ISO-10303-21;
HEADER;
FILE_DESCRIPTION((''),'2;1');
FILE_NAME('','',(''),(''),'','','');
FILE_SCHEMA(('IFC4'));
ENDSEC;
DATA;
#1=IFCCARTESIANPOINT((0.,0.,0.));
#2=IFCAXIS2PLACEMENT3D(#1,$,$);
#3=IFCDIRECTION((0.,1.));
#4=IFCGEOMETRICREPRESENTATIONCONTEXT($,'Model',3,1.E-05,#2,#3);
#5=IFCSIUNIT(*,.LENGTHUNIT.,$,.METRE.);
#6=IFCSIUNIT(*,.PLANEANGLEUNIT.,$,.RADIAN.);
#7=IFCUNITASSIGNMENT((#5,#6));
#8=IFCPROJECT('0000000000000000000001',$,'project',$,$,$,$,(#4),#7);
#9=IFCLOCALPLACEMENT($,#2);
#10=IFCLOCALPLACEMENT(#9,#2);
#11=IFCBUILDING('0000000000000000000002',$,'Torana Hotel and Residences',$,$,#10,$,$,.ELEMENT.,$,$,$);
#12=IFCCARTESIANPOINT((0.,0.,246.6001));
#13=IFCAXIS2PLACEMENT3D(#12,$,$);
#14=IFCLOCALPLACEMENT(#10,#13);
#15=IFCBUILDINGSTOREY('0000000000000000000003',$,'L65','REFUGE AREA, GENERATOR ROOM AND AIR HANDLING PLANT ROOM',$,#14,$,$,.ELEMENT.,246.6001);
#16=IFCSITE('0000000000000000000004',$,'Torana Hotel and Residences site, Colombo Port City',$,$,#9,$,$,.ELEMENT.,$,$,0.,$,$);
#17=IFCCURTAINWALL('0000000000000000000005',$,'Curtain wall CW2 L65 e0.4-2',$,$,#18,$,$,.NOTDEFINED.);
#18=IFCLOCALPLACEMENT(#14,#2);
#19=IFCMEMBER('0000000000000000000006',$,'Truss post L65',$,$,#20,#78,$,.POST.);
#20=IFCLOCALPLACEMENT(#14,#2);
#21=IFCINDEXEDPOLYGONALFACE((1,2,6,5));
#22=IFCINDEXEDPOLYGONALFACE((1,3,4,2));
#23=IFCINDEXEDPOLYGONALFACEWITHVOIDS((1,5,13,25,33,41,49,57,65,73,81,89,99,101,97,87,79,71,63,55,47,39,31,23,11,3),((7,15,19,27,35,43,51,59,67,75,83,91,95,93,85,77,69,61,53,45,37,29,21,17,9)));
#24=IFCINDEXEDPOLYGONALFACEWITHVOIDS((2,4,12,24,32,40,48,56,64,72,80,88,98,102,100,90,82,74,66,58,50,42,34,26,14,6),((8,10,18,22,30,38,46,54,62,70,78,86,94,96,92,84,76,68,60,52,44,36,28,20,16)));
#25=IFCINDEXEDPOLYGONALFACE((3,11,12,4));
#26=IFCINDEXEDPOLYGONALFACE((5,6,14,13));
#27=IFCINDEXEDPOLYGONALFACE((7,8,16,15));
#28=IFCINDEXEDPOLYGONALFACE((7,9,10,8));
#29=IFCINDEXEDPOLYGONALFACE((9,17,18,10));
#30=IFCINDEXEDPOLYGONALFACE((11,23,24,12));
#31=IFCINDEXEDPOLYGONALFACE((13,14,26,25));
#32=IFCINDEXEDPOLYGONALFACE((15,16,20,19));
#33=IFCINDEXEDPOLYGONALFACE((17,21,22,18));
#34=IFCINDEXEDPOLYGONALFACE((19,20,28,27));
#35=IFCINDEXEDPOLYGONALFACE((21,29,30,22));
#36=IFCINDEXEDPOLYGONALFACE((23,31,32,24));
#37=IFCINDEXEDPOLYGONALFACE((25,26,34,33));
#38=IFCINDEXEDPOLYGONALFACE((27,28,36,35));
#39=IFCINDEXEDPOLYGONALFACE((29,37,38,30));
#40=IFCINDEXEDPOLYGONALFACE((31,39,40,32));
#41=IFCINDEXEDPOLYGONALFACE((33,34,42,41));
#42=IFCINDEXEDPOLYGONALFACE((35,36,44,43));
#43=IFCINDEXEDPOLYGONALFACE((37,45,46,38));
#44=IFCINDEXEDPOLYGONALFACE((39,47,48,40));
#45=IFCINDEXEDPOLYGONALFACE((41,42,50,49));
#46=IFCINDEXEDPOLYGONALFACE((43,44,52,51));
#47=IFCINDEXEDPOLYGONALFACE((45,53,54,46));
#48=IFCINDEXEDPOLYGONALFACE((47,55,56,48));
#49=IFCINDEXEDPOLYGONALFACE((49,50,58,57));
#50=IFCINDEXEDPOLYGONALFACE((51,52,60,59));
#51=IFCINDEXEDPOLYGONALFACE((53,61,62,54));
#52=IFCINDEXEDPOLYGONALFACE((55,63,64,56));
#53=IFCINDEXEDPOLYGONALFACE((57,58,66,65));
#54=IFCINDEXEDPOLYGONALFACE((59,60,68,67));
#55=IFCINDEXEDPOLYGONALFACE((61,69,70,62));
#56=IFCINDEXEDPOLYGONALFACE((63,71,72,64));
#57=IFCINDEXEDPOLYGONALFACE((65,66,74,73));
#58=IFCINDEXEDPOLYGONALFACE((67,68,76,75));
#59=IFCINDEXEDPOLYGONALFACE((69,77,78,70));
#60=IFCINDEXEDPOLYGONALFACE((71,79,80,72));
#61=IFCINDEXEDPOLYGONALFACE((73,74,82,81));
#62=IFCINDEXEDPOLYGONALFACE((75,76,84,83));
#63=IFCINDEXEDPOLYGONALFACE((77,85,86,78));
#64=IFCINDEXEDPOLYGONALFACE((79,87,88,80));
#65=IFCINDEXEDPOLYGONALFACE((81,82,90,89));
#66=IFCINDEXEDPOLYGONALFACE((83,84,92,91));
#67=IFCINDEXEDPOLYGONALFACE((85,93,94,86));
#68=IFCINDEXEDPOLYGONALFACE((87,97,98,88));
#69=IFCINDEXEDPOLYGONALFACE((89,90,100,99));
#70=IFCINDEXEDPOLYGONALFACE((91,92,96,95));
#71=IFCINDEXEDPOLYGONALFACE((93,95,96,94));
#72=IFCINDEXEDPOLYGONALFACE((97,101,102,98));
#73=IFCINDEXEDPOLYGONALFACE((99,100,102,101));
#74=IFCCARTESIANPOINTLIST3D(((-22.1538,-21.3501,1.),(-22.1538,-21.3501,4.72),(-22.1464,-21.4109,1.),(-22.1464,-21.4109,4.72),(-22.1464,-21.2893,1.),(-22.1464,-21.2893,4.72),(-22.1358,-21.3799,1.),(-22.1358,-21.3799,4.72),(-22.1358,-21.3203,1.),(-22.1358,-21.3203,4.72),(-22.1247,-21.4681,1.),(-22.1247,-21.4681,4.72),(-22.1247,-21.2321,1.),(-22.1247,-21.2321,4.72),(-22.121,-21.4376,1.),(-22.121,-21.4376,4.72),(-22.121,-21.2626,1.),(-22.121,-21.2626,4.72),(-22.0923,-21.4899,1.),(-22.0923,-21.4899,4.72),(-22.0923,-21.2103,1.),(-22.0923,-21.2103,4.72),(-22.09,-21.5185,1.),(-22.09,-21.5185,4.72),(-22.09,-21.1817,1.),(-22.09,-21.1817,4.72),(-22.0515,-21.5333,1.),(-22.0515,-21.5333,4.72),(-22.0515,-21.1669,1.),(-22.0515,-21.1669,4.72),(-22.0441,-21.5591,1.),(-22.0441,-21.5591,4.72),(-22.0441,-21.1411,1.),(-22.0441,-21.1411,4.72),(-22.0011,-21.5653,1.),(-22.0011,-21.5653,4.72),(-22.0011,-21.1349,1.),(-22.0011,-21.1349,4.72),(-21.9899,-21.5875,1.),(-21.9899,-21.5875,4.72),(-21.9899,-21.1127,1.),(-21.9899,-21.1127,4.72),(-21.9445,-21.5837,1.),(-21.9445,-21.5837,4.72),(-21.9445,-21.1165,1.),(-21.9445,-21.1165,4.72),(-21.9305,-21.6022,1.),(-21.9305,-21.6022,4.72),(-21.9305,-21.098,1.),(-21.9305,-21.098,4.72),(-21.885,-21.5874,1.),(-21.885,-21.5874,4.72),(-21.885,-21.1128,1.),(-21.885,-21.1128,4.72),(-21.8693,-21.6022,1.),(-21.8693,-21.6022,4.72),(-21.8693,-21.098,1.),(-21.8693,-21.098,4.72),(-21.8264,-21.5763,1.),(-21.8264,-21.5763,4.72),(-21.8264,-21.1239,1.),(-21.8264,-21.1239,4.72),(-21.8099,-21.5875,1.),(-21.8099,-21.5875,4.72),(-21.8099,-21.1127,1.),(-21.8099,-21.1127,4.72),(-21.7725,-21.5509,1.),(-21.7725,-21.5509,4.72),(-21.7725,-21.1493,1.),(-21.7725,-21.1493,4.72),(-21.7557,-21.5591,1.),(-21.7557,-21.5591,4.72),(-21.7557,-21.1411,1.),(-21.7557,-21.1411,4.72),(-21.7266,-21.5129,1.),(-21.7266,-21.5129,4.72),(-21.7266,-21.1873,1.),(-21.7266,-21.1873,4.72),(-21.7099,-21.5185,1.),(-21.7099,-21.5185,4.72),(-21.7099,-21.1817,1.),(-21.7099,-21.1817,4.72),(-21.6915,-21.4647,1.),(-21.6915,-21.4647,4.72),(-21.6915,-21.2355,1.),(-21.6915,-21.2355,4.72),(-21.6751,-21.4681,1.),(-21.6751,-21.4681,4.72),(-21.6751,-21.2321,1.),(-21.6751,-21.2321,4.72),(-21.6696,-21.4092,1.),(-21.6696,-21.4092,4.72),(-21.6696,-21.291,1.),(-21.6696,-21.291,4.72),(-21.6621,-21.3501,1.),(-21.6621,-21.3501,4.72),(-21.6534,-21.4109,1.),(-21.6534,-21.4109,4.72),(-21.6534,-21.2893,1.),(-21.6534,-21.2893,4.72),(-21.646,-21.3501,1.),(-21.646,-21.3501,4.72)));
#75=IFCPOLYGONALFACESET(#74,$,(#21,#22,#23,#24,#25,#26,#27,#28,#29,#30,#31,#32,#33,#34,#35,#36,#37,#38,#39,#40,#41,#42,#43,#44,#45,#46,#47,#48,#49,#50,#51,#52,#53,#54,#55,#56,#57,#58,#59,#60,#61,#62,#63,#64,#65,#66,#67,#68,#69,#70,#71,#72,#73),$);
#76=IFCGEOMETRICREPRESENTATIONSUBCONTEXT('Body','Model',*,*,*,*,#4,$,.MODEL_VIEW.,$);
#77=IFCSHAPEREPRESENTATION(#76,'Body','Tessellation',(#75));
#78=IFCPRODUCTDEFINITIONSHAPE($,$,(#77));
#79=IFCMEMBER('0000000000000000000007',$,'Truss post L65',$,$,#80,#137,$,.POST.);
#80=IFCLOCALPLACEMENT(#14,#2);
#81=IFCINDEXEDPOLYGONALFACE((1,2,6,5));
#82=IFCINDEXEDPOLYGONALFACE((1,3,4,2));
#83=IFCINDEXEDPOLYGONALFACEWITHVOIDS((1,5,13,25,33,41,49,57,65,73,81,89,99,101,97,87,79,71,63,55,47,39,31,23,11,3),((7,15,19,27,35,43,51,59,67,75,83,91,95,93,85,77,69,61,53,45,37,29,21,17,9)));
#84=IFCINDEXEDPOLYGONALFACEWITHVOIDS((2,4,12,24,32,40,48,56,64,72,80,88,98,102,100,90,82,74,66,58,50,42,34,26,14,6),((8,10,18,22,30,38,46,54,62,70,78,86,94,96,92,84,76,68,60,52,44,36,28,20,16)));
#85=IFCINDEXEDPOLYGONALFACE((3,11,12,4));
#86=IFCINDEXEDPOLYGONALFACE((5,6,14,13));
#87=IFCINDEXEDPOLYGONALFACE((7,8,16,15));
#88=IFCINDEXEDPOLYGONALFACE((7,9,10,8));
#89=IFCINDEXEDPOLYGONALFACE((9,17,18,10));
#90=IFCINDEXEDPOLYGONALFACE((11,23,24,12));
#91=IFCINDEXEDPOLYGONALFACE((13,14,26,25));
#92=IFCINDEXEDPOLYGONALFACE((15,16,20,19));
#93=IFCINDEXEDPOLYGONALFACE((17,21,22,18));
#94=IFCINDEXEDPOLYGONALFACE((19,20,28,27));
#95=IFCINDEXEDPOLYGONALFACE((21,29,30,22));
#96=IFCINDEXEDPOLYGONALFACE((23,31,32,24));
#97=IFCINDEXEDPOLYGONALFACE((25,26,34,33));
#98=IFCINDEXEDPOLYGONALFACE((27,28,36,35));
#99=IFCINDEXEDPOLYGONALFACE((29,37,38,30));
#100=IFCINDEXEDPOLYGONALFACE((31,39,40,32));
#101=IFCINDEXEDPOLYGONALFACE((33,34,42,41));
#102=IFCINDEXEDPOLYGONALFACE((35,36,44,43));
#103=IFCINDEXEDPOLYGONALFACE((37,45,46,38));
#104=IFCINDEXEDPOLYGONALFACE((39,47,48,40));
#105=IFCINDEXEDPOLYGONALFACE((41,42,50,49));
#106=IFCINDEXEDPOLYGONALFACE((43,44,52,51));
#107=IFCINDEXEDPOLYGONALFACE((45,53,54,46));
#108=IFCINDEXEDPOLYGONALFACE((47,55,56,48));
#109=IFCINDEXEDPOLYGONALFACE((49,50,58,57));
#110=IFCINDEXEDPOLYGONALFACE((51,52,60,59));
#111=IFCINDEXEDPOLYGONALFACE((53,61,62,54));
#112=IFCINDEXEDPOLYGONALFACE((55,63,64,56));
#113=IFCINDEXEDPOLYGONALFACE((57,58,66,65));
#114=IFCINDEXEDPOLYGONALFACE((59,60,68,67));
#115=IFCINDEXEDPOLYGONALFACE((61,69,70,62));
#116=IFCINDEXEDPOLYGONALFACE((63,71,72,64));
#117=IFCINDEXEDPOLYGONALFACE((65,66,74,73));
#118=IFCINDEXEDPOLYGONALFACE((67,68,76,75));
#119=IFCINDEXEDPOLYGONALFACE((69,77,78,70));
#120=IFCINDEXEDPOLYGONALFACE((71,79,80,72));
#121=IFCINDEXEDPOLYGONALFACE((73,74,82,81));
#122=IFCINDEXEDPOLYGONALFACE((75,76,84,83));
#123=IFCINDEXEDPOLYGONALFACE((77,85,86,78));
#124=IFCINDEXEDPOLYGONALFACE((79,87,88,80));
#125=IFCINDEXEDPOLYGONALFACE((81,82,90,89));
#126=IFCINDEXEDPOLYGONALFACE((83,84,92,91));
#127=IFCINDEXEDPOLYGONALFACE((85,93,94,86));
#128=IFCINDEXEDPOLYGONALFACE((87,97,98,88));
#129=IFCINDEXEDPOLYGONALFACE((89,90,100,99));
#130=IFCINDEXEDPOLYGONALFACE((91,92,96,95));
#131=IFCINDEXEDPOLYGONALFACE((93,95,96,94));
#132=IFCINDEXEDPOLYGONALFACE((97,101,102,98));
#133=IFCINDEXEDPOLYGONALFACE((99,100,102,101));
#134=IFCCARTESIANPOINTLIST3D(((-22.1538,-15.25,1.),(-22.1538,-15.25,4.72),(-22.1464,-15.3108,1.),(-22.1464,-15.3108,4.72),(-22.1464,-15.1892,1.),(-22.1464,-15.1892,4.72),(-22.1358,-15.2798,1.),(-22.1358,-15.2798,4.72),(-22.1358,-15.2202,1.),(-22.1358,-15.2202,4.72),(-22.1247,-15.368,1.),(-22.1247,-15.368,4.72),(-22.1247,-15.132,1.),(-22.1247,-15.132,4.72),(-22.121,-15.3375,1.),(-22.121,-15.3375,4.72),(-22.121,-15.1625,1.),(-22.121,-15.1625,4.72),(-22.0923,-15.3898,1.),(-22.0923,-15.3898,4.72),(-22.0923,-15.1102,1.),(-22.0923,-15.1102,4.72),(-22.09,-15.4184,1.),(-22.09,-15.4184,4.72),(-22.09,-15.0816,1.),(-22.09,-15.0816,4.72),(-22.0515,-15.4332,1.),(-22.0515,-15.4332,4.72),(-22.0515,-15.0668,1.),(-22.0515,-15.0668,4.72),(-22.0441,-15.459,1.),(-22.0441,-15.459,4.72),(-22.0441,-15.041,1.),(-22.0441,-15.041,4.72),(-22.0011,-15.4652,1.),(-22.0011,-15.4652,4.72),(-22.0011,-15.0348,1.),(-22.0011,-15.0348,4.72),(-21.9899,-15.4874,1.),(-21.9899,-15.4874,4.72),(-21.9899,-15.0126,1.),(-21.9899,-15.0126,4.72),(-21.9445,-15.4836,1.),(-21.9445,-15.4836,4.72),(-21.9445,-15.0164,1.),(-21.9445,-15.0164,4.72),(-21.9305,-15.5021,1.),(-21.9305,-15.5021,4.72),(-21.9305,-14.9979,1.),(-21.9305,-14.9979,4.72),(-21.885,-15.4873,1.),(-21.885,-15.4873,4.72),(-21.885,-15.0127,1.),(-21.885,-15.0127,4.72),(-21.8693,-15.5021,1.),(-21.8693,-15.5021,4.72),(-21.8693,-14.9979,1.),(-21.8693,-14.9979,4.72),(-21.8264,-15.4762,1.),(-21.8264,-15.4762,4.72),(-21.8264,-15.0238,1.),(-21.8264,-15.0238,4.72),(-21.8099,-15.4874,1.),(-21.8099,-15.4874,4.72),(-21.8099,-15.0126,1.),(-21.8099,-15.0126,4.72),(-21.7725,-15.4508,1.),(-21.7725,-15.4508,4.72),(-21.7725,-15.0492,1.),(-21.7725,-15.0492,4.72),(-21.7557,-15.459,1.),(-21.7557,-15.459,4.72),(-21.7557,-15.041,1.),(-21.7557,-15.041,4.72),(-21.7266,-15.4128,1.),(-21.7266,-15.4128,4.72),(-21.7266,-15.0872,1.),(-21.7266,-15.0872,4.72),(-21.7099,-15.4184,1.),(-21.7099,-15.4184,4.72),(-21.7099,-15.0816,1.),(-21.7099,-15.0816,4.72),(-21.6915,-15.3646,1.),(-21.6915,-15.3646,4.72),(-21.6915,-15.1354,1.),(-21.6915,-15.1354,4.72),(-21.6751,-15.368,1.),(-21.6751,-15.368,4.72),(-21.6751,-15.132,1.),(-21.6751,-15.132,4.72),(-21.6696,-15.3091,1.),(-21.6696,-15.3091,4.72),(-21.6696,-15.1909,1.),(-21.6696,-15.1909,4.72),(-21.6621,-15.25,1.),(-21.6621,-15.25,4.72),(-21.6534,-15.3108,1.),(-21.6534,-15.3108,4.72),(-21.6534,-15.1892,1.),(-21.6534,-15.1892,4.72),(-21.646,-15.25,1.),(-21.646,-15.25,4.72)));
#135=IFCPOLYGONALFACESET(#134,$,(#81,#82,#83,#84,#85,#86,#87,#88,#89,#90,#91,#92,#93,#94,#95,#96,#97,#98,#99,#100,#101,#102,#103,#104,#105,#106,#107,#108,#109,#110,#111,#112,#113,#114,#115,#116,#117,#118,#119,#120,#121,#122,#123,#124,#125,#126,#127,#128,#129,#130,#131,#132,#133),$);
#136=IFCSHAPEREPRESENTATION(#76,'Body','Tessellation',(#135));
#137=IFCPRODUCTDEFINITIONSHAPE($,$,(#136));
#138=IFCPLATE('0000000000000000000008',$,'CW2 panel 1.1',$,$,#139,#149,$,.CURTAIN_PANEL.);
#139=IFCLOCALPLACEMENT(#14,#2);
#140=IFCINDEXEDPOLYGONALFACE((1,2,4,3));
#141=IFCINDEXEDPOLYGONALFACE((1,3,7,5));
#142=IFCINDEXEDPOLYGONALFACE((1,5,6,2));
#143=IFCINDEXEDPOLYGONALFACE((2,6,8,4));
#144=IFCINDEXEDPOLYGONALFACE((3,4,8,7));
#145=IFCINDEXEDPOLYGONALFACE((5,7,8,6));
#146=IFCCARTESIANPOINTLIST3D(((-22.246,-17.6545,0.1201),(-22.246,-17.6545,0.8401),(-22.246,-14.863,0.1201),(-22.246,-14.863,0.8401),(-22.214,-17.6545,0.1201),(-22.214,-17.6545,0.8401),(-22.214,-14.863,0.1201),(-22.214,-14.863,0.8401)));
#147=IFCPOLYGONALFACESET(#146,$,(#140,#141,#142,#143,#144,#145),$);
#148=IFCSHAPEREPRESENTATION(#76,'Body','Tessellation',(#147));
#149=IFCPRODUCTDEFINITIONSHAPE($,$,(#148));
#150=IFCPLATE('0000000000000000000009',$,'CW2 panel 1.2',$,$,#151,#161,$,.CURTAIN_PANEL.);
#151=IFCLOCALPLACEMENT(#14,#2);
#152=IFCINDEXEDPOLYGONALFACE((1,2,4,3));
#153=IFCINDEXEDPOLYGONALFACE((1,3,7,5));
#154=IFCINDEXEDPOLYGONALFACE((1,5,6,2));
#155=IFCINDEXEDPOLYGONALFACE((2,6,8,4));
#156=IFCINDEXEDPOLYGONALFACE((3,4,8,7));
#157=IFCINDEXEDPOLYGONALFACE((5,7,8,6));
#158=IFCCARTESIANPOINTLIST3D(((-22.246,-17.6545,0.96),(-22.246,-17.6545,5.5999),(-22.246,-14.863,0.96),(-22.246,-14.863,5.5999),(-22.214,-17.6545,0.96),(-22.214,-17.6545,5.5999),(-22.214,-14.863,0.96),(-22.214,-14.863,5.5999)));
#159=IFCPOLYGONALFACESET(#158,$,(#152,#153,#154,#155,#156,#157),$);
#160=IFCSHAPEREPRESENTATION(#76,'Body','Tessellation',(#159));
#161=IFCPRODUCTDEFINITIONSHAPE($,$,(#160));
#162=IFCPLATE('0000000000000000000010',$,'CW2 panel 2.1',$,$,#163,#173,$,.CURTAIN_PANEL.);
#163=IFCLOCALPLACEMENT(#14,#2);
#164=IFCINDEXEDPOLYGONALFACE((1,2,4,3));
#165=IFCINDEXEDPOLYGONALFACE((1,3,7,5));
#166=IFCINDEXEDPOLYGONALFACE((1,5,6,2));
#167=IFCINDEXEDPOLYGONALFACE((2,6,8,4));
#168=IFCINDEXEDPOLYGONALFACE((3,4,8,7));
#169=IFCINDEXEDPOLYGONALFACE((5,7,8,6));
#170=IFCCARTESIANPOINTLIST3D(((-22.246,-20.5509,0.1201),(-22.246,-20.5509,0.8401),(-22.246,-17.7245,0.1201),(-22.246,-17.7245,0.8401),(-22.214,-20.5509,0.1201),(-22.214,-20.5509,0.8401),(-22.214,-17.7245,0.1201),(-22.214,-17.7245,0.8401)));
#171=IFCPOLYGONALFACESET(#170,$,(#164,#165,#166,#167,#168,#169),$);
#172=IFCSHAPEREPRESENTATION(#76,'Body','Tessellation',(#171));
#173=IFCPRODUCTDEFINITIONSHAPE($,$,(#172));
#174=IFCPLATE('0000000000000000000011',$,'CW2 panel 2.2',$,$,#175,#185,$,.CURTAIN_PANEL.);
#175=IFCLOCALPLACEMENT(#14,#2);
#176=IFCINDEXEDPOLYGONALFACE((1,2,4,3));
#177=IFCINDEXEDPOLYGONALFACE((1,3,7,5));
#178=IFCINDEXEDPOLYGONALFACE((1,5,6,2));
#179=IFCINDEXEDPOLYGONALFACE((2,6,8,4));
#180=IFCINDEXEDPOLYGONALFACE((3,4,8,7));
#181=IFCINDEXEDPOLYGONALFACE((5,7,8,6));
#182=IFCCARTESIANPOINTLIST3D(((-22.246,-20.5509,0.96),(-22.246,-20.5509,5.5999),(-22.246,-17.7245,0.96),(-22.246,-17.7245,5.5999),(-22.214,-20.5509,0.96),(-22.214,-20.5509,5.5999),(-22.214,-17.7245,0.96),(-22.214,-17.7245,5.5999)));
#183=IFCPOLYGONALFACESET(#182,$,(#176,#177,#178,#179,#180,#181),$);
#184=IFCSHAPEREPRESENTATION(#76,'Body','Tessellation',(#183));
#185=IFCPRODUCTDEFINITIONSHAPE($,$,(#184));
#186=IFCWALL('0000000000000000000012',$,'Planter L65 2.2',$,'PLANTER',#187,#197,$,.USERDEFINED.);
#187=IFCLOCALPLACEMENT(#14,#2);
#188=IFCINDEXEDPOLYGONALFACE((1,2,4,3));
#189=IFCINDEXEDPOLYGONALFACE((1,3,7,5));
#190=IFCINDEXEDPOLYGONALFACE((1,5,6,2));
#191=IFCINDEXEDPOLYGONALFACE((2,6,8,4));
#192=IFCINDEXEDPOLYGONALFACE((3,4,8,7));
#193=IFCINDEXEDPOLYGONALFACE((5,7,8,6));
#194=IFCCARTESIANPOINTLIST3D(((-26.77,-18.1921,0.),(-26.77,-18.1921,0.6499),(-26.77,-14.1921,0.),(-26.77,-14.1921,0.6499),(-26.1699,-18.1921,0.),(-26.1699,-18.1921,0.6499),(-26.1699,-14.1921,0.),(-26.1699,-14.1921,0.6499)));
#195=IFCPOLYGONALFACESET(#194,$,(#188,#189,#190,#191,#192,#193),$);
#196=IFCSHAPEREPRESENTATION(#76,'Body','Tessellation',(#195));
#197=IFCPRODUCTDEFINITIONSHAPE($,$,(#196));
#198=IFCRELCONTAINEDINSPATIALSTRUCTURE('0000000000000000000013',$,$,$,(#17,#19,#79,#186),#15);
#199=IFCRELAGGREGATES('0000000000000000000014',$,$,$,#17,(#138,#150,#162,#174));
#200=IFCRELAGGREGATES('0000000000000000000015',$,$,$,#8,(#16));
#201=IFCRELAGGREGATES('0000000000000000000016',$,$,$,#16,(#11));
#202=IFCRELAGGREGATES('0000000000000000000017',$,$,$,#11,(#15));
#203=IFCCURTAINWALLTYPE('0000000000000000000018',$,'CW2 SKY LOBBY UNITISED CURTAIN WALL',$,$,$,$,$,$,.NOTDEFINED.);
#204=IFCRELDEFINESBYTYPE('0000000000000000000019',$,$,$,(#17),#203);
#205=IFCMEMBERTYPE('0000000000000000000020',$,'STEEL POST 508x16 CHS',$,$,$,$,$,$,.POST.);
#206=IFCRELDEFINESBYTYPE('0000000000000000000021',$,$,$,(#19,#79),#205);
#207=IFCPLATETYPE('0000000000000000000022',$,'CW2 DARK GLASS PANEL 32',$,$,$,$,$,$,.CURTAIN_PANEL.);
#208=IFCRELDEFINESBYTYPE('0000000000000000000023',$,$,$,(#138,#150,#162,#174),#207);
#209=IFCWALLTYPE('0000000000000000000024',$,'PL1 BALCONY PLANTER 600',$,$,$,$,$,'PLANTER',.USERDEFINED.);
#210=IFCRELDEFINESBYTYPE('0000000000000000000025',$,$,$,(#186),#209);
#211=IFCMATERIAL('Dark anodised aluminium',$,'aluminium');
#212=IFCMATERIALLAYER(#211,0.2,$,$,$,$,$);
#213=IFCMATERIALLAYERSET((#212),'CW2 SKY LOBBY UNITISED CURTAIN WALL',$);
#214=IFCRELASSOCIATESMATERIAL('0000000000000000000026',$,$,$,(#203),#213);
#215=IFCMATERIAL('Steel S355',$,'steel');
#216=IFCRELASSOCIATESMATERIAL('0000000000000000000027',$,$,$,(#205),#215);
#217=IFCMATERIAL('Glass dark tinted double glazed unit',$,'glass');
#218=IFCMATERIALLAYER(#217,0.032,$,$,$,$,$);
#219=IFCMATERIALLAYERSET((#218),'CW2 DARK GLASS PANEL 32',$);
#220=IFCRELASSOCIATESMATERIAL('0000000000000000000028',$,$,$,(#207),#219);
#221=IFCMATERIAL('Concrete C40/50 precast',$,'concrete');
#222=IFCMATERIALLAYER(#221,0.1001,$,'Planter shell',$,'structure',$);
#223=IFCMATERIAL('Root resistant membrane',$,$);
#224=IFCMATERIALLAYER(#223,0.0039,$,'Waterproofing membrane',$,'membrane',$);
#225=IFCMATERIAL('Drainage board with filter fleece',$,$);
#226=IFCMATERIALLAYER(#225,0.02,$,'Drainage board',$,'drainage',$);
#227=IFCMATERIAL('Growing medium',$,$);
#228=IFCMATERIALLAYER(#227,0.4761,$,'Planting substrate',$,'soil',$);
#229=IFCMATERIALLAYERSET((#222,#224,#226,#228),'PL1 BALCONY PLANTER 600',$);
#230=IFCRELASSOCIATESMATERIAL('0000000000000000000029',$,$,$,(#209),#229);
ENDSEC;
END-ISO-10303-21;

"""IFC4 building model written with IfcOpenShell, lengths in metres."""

from ifc_helpers import new_model, si_unit, direction, frame, frame_2d, origin, origin_2d, place, context, subcontext, project, spatial, rectangle, hollow_circle, extrude, material, layer, layer_set, material_profile, profile_set, type_object, element, aggregate, save


model = new_model("IFC4")

# Units and contexts
model_context = context("Model", 3, precision=1e-05, world=origin(), true_north=direction((0.0, 1.0)))
body_context = subcontext(model_context, "Body", "Model", "MODEL_VIEW")
ifc_project = project(units=[si_unit("LENGTHUNIT", "METRE"), si_unit("PLANEANGLEUNIT", "RADIAN")], contexts=[model_context])

# Site, building, storey
site_placement = place(None, origin())
site = spatial("IfcSite", under=ifc_project, at=site_placement, Name="Torana Hotel and Residences site, Colombo Port City", CompositionType="ELEMENT", RefElevation=0.0)
building_placement = place(site_placement, origin())
building = spatial("IfcBuilding", under=site, at=building_placement, Name="Torana Hotel and Residences", CompositionType="ELEMENT")
storey_placement = place(building_placement, frame((0.0, 0.0, 246.6001)))
storey = spatial("IfcBuildingStorey", under=building, at=storey_placement, Name="L65", Description="REFUGE AREA, GENERATOR ROOM AND AIR HANDLING PLANT ROOM", CompositionType="ELEMENT", Elevation=246.6001)

# Curtain wall
ifc_material_1 = material(Name="Dark anodised aluminium", Category="aluminium")
ifc_layer_1 = layer(ifc_material_1, 0.2)
ifc_layer_set_1 = layer_set([ifc_layer_1], Name="CW2 SKY LOBBY UNITISED CURTAIN WALL")
curtain_wall_type = type_object("IfcCurtainWallType", Name="CW2 SKY LOBBY UNITISED CURTAIN WALL", PredefinedType="NOTDEFINED", material=ifc_layer_set_1)
curtain_wall_placement = place(storey_placement, origin())
curtain_wall = element("IfcCurtainWall", 1, at=curtain_wall_placement, inside=storey, type_object=curtain_wall_type, Name="Curtain wall CW2 L65 e0.4-2", PredefinedType="NOTDEFINED")

# Members
ifc_material_2 = material(Name="Steel S355", Category="steel")
ifc_material_profile_1 = material_profile(ifc_material_2, hollow_circle(Radius=0.2539, WallThickness=0.0161, at=origin_2d()), Name="508x16 CHS")
ifc_profile_set_1 = profile_set([ifc_material_profile_1], Name="Steel S355")
member_type_1 = type_object("IfcMemberType", Name="STEEL POST 508x16 CHS", PredefinedType="POST", material=ifc_profile_set_1)
for number, where, z_axis, x_axis, name in (
    (2, (-21.8999, -21.3501, 1.0), (0.0, 0.0, 1.0), (1.0, 0.0, 0.0), "Truss post L65"),
    (3, (-21.8999, -15.25, 1.0), (0.0, 0.0, 1.0), (1.0, 0.0, 0.0), "Truss post L65"),
):
    element("IfcMember", number, at=place(storey_placement, frame(where, z_axis=z_axis, x_axis=x_axis)), inside=storey, type_object=member_type_1, Name=name, PredefinedType="POST", context=body_context, shape_type="SweptSolid", body=[
        extrude(hollow_circle(Radius=0.2539, WallThickness=0.0161, at=origin_2d()), origin(), (0.0, 0.0, 1.0), 3.72),
    ])

# Plates
ifc_material_3 = material(Name="Glass dark tinted double glazed unit", Category="glass")
ifc_layer_2 = layer(ifc_material_3, 0.032)
ifc_layer_set_2 = layer_set([ifc_layer_2], Name="CW2 DARK GLASS PANEL 32")
plate_type = type_object("IfcPlateType", Name="CW2 DARK GLASS PANEL 32", PredefinedType="CURTAIN_PANEL", material=ifc_layer_set_2)
plate_1_placement = place(storey_placement, frame((-22.23, -16.2588, 0.1201), z_axis=(0.0, 0.0, 1.0), x_axis=(0.0, -1.0, 0.0)))
plate_1 = element("IfcPlate", 4, at=plate_1_placement, type_object=plate_type, Name="CW2 panel 1.1", PredefinedType="CURTAIN_PANEL", context=body_context, shape_type="SweptSolid", body=[
    extrude(rectangle(XDim=2.7915, YDim=0.032, at=origin_2d()), origin(), (0.0, 0.0, 1.0), 0.72),
])
plate_2_placement = place(storey_placement, frame((-22.23, -16.2588, 0.96), z_axis=(0.0, 0.0, 1.0), x_axis=(0.0, -1.0, 0.0)))
plate_2 = element("IfcPlate", 5, at=plate_2_placement, type_object=plate_type, Name="CW2 panel 1.2", PredefinedType="CURTAIN_PANEL", context=body_context, shape_type="SweptSolid", body=[
    extrude(rectangle(XDim=2.7915, YDim=0.032, at=origin_2d()), origin(), (0.0, 0.0, 1.0), 4.6399),
])
plate_3_placement = place(storey_placement, frame((-22.23, -19.1377, 0.1201), z_axis=(0.0, 0.0, 1.0), x_axis=(0.0, -1.0, 0.0)))
plate_3 = element("IfcPlate", 6, at=plate_3_placement, type_object=plate_type, Name="CW2 panel 2.1", PredefinedType="CURTAIN_PANEL", context=body_context, shape_type="SweptSolid", body=[
    extrude(rectangle(XDim=2.8264, YDim=0.032, at=origin_2d()), origin(), (0.0, 0.0, 1.0), 0.72),
])
plate_4_placement = place(storey_placement, frame((-22.23, -19.1377, 0.96), z_axis=(0.0, 0.0, 1.0), x_axis=(0.0, -1.0, 0.0)))
plate_4 = element("IfcPlate", 7, at=plate_4_placement, type_object=plate_type, Name="CW2 panel 2.2", PredefinedType="CURTAIN_PANEL", context=body_context, shape_type="SweptSolid", body=[
    extrude(rectangle(XDim=2.8264, YDim=0.032, at=origin_2d()), origin(), (0.0, 0.0, 1.0), 4.6399),
])
aggregate(curtain_wall, [plate_1, plate_2, plate_3, plate_4])

# Wall
ifc_material_4 = material(Name="Concrete C40/50 precast", Category="concrete")
ifc_layer_3 = layer(ifc_material_4, 0.1001, Name="Planter shell", Category="structure")
ifc_material_5 = material(Name="Root resistant membrane")
ifc_layer_4 = layer(ifc_material_5, 0.0039, Name="Waterproofing membrane", Category="membrane")
ifc_material_6 = material(Name="Drainage board with filter fleece")
ifc_layer_5 = layer(ifc_material_6, 0.02, Name="Drainage board", Category="drainage")
ifc_material_7 = material(Name="Growing medium")
ifc_layer_6 = layer(ifc_material_7, 0.4761, Name="Planting substrate", Category="soil")
ifc_layer_set_3 = layer_set([ifc_layer_3, ifc_layer_4, ifc_layer_5, ifc_layer_6], Name="PL1 BALCONY PLANTER 600")
wall_type_1 = type_object("IfcWallType", Name="PL1 BALCONY PLANTER 600", ElementType="PLANTER", PredefinedType="USERDEFINED", material=ifc_layer_set_3)
wall_1_placement = place(storey_placement, frame((-26.47, -18.1921, 0.0), z_axis=(0.0, 0.0, 1.0), x_axis=(0.0, 1.0, 0.0)))
element("IfcWall", 8, at=wall_1_placement, inside=storey, type_object=wall_type_1, Name="Planter L65 2.2", ObjectType="PLANTER", PredefinedType="USERDEFINED", context=body_context, shape_type="SweptSolid", body=[
    extrude(rectangle(XDim=4.0, YDim=0.6001, at=frame_2d((2.0, 0.0))), origin(), (0.0, 0.0, 1.0), 0.6499),
])

save(model, "model.ifc")
